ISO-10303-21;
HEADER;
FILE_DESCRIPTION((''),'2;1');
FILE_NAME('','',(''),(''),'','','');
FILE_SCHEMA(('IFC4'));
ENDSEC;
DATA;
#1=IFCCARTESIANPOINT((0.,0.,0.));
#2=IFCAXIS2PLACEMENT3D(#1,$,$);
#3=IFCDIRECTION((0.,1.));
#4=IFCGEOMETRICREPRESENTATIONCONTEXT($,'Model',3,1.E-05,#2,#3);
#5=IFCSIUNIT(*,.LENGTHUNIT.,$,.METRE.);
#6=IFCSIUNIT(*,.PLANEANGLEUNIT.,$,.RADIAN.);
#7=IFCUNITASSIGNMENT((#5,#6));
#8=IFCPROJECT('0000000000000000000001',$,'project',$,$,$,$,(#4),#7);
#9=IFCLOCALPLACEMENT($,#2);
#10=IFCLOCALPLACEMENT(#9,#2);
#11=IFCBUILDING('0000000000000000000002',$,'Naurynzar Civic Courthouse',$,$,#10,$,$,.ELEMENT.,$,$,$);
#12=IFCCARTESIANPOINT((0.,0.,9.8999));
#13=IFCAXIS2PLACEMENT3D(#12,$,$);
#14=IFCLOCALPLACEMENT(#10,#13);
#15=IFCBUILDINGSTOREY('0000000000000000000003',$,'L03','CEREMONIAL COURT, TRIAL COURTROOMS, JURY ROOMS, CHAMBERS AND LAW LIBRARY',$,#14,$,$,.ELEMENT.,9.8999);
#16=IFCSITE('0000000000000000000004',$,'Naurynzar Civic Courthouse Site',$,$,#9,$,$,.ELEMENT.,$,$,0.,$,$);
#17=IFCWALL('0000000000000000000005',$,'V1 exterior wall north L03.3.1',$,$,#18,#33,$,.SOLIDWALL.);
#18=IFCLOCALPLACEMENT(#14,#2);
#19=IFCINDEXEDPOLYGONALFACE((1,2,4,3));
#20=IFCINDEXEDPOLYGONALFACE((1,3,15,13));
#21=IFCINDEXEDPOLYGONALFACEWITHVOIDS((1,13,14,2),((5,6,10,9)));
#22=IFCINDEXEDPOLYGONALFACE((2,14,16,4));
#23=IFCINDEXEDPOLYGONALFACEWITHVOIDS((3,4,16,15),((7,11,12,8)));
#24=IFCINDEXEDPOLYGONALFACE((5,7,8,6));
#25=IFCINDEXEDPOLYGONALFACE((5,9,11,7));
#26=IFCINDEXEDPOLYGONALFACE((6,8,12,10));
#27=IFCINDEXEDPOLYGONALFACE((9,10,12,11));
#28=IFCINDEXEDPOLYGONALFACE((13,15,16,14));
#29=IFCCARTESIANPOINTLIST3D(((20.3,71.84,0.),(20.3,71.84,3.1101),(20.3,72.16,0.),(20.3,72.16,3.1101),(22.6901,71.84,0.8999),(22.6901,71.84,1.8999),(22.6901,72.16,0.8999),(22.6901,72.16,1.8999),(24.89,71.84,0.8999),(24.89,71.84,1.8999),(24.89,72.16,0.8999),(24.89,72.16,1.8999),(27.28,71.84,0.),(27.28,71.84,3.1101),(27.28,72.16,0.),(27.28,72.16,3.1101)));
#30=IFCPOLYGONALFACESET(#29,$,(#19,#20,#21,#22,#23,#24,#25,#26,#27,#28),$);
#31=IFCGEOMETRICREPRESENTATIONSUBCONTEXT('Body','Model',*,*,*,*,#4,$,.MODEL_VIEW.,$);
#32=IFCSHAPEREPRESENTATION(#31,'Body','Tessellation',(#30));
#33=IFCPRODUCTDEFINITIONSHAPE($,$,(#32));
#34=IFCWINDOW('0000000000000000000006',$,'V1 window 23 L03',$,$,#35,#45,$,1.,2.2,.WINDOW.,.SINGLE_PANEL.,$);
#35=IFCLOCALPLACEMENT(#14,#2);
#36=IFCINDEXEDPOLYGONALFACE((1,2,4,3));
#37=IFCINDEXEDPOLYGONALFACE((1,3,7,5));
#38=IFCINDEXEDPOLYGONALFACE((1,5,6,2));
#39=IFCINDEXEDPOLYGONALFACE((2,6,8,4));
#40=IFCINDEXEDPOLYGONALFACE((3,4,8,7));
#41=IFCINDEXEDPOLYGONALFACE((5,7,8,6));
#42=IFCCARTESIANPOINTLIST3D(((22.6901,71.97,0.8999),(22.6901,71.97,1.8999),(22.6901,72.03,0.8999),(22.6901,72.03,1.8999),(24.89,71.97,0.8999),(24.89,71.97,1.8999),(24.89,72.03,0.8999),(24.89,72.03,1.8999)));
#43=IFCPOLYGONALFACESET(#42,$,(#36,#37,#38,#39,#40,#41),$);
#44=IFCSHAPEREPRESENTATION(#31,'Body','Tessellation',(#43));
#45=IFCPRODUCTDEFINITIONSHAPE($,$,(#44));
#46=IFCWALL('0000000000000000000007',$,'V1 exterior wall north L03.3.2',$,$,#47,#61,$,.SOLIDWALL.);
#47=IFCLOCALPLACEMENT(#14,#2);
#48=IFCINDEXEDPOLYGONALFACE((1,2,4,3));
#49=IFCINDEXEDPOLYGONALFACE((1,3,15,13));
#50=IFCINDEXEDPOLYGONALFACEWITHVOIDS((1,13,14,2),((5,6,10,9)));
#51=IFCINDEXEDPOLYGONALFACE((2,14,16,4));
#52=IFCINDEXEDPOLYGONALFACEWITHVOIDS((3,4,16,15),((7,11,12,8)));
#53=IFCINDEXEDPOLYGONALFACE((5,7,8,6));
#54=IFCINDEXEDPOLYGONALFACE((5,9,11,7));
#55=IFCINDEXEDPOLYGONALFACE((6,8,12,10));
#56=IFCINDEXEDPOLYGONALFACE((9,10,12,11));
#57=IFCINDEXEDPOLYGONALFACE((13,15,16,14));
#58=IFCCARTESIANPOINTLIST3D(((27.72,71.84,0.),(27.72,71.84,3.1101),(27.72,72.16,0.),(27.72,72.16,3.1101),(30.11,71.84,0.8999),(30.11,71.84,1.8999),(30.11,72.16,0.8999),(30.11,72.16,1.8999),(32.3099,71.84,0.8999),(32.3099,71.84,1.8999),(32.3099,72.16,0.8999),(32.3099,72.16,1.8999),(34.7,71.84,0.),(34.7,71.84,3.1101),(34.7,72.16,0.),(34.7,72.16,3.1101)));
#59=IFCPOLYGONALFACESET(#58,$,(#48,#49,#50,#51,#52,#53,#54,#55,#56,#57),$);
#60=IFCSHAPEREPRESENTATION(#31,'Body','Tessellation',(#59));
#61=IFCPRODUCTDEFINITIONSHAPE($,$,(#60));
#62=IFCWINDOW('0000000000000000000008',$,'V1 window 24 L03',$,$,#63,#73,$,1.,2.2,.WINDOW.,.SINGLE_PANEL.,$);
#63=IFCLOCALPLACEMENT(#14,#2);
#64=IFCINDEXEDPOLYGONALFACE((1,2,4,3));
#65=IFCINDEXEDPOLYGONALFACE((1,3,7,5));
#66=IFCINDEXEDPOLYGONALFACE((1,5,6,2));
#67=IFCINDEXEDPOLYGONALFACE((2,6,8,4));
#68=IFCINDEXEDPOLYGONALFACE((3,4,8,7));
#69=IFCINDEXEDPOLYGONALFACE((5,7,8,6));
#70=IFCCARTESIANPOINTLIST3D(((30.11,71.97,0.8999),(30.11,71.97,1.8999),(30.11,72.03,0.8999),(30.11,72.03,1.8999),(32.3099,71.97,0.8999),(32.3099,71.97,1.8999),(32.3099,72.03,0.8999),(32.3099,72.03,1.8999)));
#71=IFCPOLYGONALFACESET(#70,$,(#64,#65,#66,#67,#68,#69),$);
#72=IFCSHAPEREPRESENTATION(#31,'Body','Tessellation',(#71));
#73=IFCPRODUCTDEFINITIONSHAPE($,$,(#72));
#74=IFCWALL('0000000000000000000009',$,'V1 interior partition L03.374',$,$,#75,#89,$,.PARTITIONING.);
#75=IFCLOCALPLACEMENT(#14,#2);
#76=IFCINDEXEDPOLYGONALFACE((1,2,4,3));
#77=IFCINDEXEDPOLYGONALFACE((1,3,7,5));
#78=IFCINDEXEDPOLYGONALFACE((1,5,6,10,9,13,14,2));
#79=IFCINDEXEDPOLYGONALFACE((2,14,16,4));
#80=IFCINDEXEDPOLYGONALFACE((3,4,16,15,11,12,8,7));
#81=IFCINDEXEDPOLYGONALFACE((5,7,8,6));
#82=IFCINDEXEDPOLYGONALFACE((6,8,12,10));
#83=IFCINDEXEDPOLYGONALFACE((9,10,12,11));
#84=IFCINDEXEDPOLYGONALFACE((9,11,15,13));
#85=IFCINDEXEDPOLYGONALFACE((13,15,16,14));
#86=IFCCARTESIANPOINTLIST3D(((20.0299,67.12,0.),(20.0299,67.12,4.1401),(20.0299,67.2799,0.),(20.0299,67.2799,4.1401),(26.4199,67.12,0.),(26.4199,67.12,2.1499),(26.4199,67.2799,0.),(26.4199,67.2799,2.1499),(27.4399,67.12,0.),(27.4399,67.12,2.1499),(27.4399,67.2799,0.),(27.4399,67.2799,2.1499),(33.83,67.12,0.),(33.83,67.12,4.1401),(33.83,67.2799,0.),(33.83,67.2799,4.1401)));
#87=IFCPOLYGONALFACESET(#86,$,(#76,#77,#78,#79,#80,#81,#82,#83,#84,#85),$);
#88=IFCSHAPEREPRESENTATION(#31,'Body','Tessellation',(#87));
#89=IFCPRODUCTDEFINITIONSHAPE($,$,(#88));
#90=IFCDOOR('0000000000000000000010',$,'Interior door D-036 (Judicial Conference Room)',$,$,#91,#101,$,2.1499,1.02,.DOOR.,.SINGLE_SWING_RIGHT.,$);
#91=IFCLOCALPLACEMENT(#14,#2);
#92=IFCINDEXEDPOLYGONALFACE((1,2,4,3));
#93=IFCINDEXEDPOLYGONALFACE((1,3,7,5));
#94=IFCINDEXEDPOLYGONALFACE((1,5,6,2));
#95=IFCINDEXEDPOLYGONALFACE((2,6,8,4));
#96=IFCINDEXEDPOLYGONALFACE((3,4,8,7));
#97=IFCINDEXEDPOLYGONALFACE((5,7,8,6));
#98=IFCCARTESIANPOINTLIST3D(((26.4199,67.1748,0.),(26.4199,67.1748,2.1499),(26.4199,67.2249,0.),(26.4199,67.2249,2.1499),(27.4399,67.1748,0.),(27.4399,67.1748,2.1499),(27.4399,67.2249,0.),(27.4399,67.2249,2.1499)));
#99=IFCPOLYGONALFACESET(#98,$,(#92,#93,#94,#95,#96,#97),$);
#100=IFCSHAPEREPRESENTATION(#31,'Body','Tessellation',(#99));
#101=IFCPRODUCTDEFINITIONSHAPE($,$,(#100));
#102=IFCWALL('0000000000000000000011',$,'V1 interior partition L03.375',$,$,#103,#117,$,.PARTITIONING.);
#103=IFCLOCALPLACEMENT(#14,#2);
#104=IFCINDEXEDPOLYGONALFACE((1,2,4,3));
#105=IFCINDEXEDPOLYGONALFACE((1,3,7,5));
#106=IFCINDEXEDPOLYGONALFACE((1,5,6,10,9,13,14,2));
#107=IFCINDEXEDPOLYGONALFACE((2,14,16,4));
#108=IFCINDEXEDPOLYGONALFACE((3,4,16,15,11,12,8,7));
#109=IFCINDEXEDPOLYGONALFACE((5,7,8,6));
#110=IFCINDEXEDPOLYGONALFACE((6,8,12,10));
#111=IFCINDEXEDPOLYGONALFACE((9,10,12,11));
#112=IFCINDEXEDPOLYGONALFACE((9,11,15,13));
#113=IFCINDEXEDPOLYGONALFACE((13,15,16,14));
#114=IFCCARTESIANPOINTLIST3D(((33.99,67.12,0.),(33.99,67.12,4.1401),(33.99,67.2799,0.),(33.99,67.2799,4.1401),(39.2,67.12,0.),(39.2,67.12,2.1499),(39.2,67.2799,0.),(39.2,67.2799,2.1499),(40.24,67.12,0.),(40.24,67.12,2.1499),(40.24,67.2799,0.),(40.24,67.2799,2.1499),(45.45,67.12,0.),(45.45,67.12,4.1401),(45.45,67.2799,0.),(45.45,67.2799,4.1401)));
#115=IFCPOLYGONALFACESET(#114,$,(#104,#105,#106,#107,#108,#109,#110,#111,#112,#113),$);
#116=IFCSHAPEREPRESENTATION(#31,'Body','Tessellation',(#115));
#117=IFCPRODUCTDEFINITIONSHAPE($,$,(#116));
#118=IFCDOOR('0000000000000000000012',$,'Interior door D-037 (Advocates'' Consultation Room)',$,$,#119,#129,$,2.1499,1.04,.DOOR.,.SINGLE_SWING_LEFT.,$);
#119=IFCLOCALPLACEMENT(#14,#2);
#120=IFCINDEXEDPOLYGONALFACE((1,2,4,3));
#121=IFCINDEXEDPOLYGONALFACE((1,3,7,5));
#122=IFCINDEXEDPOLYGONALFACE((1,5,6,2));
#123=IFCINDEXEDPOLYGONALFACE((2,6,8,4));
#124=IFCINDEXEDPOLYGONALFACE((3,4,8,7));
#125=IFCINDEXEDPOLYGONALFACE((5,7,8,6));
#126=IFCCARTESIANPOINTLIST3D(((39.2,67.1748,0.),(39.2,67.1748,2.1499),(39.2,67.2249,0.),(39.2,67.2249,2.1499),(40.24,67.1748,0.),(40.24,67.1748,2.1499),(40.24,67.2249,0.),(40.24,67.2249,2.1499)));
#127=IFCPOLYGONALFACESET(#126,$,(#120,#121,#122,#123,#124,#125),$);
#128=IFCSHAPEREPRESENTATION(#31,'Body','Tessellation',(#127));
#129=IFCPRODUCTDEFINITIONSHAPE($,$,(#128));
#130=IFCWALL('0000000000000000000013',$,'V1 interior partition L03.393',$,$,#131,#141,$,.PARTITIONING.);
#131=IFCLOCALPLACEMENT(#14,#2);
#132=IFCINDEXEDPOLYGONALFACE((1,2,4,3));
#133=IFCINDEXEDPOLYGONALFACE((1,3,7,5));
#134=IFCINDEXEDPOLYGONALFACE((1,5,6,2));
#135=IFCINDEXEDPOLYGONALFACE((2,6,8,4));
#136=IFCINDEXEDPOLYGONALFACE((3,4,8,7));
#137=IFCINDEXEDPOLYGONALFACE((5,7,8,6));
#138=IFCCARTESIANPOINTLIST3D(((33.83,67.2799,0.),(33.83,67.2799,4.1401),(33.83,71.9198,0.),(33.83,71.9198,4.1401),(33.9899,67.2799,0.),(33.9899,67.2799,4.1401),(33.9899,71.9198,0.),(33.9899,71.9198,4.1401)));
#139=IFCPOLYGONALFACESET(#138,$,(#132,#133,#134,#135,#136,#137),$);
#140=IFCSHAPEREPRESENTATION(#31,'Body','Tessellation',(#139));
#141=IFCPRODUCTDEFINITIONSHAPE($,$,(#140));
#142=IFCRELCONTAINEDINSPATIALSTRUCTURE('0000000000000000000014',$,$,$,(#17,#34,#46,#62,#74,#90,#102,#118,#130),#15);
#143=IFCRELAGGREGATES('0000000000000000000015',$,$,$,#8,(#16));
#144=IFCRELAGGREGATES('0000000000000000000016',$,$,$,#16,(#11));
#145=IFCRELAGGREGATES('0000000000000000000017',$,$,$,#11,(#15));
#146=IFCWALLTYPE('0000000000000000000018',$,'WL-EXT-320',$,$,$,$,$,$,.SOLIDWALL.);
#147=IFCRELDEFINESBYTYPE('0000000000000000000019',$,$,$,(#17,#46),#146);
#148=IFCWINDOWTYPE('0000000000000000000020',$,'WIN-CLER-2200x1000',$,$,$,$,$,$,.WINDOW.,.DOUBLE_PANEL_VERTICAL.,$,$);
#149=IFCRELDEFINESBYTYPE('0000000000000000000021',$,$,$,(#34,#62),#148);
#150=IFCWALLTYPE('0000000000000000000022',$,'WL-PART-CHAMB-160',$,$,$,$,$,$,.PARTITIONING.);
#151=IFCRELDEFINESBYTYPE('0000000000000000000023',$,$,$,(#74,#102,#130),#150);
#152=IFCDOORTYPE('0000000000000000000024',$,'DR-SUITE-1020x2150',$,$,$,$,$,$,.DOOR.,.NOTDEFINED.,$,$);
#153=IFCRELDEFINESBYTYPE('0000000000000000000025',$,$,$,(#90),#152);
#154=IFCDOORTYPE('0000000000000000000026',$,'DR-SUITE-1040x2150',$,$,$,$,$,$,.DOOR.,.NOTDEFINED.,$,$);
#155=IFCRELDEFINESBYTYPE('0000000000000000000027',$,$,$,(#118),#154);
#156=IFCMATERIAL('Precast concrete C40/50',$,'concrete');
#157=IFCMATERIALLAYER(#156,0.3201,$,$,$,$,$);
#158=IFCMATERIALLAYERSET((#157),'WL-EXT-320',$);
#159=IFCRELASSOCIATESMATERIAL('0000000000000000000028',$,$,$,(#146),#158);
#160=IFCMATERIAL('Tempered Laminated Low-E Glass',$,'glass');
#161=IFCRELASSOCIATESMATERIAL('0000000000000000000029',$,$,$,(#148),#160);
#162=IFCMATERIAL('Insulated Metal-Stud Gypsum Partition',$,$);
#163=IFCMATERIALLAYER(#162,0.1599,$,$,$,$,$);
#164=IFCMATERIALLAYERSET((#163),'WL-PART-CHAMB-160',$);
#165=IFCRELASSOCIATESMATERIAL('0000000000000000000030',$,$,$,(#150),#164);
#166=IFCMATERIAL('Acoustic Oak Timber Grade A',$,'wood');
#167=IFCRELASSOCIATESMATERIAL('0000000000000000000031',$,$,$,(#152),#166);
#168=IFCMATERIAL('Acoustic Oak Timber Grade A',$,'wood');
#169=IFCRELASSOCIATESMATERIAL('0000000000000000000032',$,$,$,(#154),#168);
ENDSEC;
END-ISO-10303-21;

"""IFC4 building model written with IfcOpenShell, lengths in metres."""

from ifc_helpers import new_model, si_unit, direction, frame, frame_2d, origin, place, context, subcontext, project, spatial, rectangle, extrude, material, layer, layer_set, type_object, element, fill, save


model = new_model("IFC4")

# Units and contexts
model_context = context("Model", 3, precision=1e-05, world=origin(), true_north=direction((0.0, 1.0)))
body_context = subcontext(model_context, "Body", "Model", "MODEL_VIEW")
ifc_project = project(units=[si_unit("LENGTHUNIT", "METRE"), si_unit("PLANEANGLEUNIT", "RADIAN")], contexts=[model_context])

# Site, building, storey
site_placement = place(None, origin())
site = spatial("IfcSite", under=ifc_project, at=site_placement, Name="Naurynzar Civic Courthouse Site", CompositionType="ELEMENT", RefElevation=0.0)
building_placement = place(site_placement, origin())
building = spatial("IfcBuilding", under=site, at=building_placement, Name="Naurynzar Civic Courthouse", CompositionType="ELEMENT")
storey_placement = place(building_placement, frame((0.0, 0.0, 9.8999)))
storey = spatial("IfcBuildingStorey", under=building, at=storey_placement, Name="L03", Description="CEREMONIAL COURT, TRIAL COURTROOMS, JURY ROOMS, CHAMBERS AND LAW LIBRARY", CompositionType="ELEMENT", Elevation=9.8999)

# Walls, openings, windows
ifc_material_1 = material(Name="Precast concrete C40/50", Category="concrete")
ifc_layer_1 = layer(ifc_material_1, 0.3201)
ifc_layer_set_1 = layer_set([ifc_layer_1], Name="WL-EXT-320")
wall_type_1 = type_object("IfcWallType", Name="WL-EXT-320", PredefinedType="SOLIDWALL", material=ifc_layer_set_1)
wall_1_placement = place(storey_placement, frame((20.3, 72.0, 0.0), z_axis=(0.0, 0.0, 1.0), x_axis=(1.0, 0.0, 0.0)))
wall_1 = element("IfcWall", 1, at=wall_1_placement, inside=storey, type_object=wall_type_1, Name="V1 exterior wall north L03.3.1", PredefinedType="SOLIDWALL", context=body_context, shape_type="SweptSolid", body=[
    extrude(rectangle(XDim=6.98, YDim=0.3201, at=frame_2d((3.49, 0.0))), origin(), (0.0, 0.0, 1.0), 3.1101),
])
opening_1_placement = place(wall_1_placement, frame((2.3899, 0.0, 0.8999)))
opening_1 = element("IfcOpeningElement", 2, at=opening_1_placement, cuts=wall_1, PredefinedType="OPENING", context=body_context, shape_type="SweptSolid", body=[
    extrude(rectangle(XDim=2.2, YDim=1.0, at=frame_2d((1.1001, 0.5))), frame((0.0, 0.1699, 0.0), z_axis=(0.0, -1.0, 0.0), x_axis=(1.0, 0.0, 0.0)), (0.0, 0.0, 1.0), 0.3401),
])
ifc_material_2 = material(Name="Tempered Laminated Low-E Glass", Category="glass")
window_type = type_object("IfcWindowType", Name="WIN-CLER-2200x1000", PartitioningType="DOUBLE_PANEL_VERTICAL", PredefinedType="WINDOW", material=ifc_material_2)
window_1_placement = place(opening_1_placement, origin())
window_1 = element("IfcWindow", 3, at=window_1_placement, inside=storey, type_object=window_type, Name="V1 window 23 L03", OverallHeight=1.0, OverallWidth=2.2, PartitioningType="SINGLE_PANEL", PredefinedType="WINDOW", context=body_context, shape_type="SweptSolid", body=[
    extrude(rectangle(XDim=2.2, YDim=1.0, at=frame_2d((1.1001, 0.5))), frame((0.0, 0.03, 0.0), z_axis=(0.0, -1.0, 0.0), x_axis=(1.0, 0.0, 0.0)), (0.0, 0.0, 1.0), 0.0601),
])
fill(opening_1, window_1)
wall_2_placement = place(storey_placement, frame((27.72, 72.0, 0.0), z_axis=(0.0, 0.0, 1.0), x_axis=(1.0, 0.0, 0.0)))
wall_2 = element("IfcWall", 4, at=wall_2_placement, inside=storey, type_object=wall_type_1, Name="V1 exterior wall north L03.3.2", PredefinedType="SOLIDWALL", context=body_context, shape_type="SweptSolid", body=[
    extrude(rectangle(XDim=6.98, YDim=0.3201, at=frame_2d((3.49, 0.0))), origin(), (0.0, 0.0, 1.0), 3.1101),
])
opening_2_placement = place(wall_2_placement, frame((2.3899, 0.0, 0.8999)))
opening_2 = element("IfcOpeningElement", 5, at=opening_2_placement, cuts=wall_2, PredefinedType="OPENING", context=body_context, shape_type="SweptSolid", body=[
    extrude(rectangle(XDim=2.2, YDim=1.0, at=frame_2d((1.1001, 0.5))), frame((0.0, 0.1699, 0.0), z_axis=(0.0, -1.0, 0.0), x_axis=(1.0, 0.0, 0.0)), (0.0, 0.0, 1.0), 0.3401),
])
window_2_placement = place(opening_2_placement, origin())
window_2 = element("IfcWindow", 6, at=window_2_placement, inside=storey, type_object=window_type, Name="V1 window 24 L03", OverallHeight=1.0, OverallWidth=2.2, PartitioningType="SINGLE_PANEL", PredefinedType="WINDOW", context=body_context, shape_type="SweptSolid", body=[
    extrude(rectangle(XDim=2.2, YDim=1.0, at=frame_2d((1.1001, 0.5))), frame((0.0, 0.03, 0.0), z_axis=(0.0, -1.0, 0.0), x_axis=(1.0, 0.0, 0.0)), (0.0, 0.0, 1.0), 0.0601),
])
fill(opening_2, window_2)

# Walls, openings, doors
ifc_material_3 = material(Name="Insulated Metal-Stud Gypsum Partition")
ifc_layer_2 = layer(ifc_material_3, 0.1599)
ifc_layer_set_2 = layer_set([ifc_layer_2], Name="WL-PART-CHAMB-160")
wall_type_2 = type_object("IfcWallType", Name="WL-PART-CHAMB-160", PredefinedType="PARTITIONING", material=ifc_layer_set_2)
wall_3_placement = place(storey_placement, frame((20.03, 67.2, 0.0), z_axis=(0.0, 0.0, 1.0), x_axis=(1.0, 0.0, 0.0)))
wall_3 = element("IfcWall", 7, at=wall_3_placement, inside=storey, type_object=wall_type_2, Name="V1 interior partition L03.374", PredefinedType="PARTITIONING", context=body_context, shape_type="SweptSolid", body=[
    extrude(rectangle(XDim=13.8, YDim=0.1599, at=frame_2d((6.8999, 0.0))), origin(), (0.0, 0.0, 1.0), 4.1401),
])
opening_3_placement = place(wall_3_placement, frame((6.3899, 0.0, 0.0)))
opening_3 = element("IfcOpeningElement", 8, at=opening_3_placement, cuts=wall_3, PredefinedType="OPENING", context=body_context, shape_type="SweptSolid", body=[
    extrude(rectangle(XDim=1.02, YDim=2.1499, at=frame_2d((0.51, 1.075))), frame((0.0, 0.0898, 0.0), z_axis=(0.0, -1.0, 0.0), x_axis=(1.0, 0.0, 0.0)), (0.0, 0.0, 1.0), 0.1799),
])
ifc_material_4 = material(Name="Acoustic Oak Timber Grade A", Category="wood")
door_type_1 = type_object("IfcDoorType", Name="DR-SUITE-1020x2150", OperationType="NOTDEFINED", PredefinedType="DOOR", material=ifc_material_4)
door_1_placement = place(opening_3_placement, origin())
door_1 = element("IfcDoor", 9, at=door_1_placement, inside=storey, type_object=door_type_1, Name="Interior door D-036 (Judicial Conference Room)", OperationType="SINGLE_SWING_RIGHT", OverallHeight=2.1499, OverallWidth=1.02, PredefinedType="DOOR", context=body_context, shape_type="SweptSolid", body=[
    extrude(rectangle(XDim=1.02, YDim=2.1499, at=frame_2d((0.51, 1.075))), frame((0.0, 0.0249, 0.0), z_axis=(0.0, -1.0, 0.0), x_axis=(1.0, 0.0, 0.0)), (0.0, 0.0, 1.0), 0.05),
])
fill(opening_3, door_1)
wall_4_placement = place(storey_placement, frame((33.99, 67.2, 0.0), z_axis=(0.0, 0.0, 1.0), x_axis=(1.0, 0.0, 0.0)))
wall_4 = element("IfcWall", 10, at=wall_4_placement, inside=storey, type_object=wall_type_2, Name="V1 interior partition L03.375", PredefinedType="PARTITIONING", context=body_context, shape_type="SweptSolid", body=[
    extrude(rectangle(XDim=11.46, YDim=0.1599, at=frame_2d((5.73, 0.0))), origin(), (0.0, 0.0, 1.0), 4.1401),
])
opening_4_placement = place(wall_4_placement, frame((5.21, 0.0, 0.0)))
opening_4 = element("IfcOpeningElement", 11, at=opening_4_placement, cuts=wall_4, PredefinedType="OPENING", context=body_context, shape_type="SweptSolid", body=[
    extrude(rectangle(XDim=1.04, YDim=2.1499, at=frame_2d((0.52, 1.075))), frame((0.0, 0.0898, 0.0), z_axis=(0.0, -1.0, 0.0), x_axis=(1.0, 0.0, 0.0)), (0.0, 0.0, 1.0), 0.1799),
])
ifc_material_5 = material(Name="Acoustic Oak Timber Grade A", Category="wood")
door_type_2 = type_object("IfcDoorType", Name="DR-SUITE-1040x2150", OperationType="NOTDEFINED", PredefinedType="DOOR", material=ifc_material_5)
door_2_placement = place(opening_4_placement, origin())
door_2 = element("IfcDoor", 12, at=door_2_placement, inside=storey, type_object=door_type_2, Name="Interior door D-037 (Advocates' Consultation Room)", OperationType="SINGLE_SWING_LEFT", OverallHeight=2.1499, OverallWidth=1.04, PredefinedType="DOOR", context=body_context, shape_type="SweptSolid", body=[
    extrude(rectangle(XDim=1.04, YDim=2.1499, at=frame_2d((0.52, 1.075))), frame((0.0, 0.0249, 0.0), z_axis=(0.0, -1.0, 0.0), x_axis=(1.0, 0.0, 0.0)), (0.0, 0.0, 1.0), 0.05),
])
fill(opening_4, door_2)

# Wall
wall_5_placement = place(storey_placement, frame((33.9099, 67.28, 0.0), z_axis=(0.0, 0.0, 1.0), x_axis=(0.0, 1.0, 0.0)))
element("IfcWall", 13, at=wall_5_placement, inside=storey, type_object=wall_type_2, Name="V1 interior partition L03.393", PredefinedType="PARTITIONING", context=body_context, shape_type="SweptSolid", body=[
    extrude(rectangle(XDim=4.6399, YDim=0.1599, at=frame_2d((2.3198, 0.0))), origin(), (0.0, 0.0, 1.0), 4.1401),
])

save(model, "model.ifc")
